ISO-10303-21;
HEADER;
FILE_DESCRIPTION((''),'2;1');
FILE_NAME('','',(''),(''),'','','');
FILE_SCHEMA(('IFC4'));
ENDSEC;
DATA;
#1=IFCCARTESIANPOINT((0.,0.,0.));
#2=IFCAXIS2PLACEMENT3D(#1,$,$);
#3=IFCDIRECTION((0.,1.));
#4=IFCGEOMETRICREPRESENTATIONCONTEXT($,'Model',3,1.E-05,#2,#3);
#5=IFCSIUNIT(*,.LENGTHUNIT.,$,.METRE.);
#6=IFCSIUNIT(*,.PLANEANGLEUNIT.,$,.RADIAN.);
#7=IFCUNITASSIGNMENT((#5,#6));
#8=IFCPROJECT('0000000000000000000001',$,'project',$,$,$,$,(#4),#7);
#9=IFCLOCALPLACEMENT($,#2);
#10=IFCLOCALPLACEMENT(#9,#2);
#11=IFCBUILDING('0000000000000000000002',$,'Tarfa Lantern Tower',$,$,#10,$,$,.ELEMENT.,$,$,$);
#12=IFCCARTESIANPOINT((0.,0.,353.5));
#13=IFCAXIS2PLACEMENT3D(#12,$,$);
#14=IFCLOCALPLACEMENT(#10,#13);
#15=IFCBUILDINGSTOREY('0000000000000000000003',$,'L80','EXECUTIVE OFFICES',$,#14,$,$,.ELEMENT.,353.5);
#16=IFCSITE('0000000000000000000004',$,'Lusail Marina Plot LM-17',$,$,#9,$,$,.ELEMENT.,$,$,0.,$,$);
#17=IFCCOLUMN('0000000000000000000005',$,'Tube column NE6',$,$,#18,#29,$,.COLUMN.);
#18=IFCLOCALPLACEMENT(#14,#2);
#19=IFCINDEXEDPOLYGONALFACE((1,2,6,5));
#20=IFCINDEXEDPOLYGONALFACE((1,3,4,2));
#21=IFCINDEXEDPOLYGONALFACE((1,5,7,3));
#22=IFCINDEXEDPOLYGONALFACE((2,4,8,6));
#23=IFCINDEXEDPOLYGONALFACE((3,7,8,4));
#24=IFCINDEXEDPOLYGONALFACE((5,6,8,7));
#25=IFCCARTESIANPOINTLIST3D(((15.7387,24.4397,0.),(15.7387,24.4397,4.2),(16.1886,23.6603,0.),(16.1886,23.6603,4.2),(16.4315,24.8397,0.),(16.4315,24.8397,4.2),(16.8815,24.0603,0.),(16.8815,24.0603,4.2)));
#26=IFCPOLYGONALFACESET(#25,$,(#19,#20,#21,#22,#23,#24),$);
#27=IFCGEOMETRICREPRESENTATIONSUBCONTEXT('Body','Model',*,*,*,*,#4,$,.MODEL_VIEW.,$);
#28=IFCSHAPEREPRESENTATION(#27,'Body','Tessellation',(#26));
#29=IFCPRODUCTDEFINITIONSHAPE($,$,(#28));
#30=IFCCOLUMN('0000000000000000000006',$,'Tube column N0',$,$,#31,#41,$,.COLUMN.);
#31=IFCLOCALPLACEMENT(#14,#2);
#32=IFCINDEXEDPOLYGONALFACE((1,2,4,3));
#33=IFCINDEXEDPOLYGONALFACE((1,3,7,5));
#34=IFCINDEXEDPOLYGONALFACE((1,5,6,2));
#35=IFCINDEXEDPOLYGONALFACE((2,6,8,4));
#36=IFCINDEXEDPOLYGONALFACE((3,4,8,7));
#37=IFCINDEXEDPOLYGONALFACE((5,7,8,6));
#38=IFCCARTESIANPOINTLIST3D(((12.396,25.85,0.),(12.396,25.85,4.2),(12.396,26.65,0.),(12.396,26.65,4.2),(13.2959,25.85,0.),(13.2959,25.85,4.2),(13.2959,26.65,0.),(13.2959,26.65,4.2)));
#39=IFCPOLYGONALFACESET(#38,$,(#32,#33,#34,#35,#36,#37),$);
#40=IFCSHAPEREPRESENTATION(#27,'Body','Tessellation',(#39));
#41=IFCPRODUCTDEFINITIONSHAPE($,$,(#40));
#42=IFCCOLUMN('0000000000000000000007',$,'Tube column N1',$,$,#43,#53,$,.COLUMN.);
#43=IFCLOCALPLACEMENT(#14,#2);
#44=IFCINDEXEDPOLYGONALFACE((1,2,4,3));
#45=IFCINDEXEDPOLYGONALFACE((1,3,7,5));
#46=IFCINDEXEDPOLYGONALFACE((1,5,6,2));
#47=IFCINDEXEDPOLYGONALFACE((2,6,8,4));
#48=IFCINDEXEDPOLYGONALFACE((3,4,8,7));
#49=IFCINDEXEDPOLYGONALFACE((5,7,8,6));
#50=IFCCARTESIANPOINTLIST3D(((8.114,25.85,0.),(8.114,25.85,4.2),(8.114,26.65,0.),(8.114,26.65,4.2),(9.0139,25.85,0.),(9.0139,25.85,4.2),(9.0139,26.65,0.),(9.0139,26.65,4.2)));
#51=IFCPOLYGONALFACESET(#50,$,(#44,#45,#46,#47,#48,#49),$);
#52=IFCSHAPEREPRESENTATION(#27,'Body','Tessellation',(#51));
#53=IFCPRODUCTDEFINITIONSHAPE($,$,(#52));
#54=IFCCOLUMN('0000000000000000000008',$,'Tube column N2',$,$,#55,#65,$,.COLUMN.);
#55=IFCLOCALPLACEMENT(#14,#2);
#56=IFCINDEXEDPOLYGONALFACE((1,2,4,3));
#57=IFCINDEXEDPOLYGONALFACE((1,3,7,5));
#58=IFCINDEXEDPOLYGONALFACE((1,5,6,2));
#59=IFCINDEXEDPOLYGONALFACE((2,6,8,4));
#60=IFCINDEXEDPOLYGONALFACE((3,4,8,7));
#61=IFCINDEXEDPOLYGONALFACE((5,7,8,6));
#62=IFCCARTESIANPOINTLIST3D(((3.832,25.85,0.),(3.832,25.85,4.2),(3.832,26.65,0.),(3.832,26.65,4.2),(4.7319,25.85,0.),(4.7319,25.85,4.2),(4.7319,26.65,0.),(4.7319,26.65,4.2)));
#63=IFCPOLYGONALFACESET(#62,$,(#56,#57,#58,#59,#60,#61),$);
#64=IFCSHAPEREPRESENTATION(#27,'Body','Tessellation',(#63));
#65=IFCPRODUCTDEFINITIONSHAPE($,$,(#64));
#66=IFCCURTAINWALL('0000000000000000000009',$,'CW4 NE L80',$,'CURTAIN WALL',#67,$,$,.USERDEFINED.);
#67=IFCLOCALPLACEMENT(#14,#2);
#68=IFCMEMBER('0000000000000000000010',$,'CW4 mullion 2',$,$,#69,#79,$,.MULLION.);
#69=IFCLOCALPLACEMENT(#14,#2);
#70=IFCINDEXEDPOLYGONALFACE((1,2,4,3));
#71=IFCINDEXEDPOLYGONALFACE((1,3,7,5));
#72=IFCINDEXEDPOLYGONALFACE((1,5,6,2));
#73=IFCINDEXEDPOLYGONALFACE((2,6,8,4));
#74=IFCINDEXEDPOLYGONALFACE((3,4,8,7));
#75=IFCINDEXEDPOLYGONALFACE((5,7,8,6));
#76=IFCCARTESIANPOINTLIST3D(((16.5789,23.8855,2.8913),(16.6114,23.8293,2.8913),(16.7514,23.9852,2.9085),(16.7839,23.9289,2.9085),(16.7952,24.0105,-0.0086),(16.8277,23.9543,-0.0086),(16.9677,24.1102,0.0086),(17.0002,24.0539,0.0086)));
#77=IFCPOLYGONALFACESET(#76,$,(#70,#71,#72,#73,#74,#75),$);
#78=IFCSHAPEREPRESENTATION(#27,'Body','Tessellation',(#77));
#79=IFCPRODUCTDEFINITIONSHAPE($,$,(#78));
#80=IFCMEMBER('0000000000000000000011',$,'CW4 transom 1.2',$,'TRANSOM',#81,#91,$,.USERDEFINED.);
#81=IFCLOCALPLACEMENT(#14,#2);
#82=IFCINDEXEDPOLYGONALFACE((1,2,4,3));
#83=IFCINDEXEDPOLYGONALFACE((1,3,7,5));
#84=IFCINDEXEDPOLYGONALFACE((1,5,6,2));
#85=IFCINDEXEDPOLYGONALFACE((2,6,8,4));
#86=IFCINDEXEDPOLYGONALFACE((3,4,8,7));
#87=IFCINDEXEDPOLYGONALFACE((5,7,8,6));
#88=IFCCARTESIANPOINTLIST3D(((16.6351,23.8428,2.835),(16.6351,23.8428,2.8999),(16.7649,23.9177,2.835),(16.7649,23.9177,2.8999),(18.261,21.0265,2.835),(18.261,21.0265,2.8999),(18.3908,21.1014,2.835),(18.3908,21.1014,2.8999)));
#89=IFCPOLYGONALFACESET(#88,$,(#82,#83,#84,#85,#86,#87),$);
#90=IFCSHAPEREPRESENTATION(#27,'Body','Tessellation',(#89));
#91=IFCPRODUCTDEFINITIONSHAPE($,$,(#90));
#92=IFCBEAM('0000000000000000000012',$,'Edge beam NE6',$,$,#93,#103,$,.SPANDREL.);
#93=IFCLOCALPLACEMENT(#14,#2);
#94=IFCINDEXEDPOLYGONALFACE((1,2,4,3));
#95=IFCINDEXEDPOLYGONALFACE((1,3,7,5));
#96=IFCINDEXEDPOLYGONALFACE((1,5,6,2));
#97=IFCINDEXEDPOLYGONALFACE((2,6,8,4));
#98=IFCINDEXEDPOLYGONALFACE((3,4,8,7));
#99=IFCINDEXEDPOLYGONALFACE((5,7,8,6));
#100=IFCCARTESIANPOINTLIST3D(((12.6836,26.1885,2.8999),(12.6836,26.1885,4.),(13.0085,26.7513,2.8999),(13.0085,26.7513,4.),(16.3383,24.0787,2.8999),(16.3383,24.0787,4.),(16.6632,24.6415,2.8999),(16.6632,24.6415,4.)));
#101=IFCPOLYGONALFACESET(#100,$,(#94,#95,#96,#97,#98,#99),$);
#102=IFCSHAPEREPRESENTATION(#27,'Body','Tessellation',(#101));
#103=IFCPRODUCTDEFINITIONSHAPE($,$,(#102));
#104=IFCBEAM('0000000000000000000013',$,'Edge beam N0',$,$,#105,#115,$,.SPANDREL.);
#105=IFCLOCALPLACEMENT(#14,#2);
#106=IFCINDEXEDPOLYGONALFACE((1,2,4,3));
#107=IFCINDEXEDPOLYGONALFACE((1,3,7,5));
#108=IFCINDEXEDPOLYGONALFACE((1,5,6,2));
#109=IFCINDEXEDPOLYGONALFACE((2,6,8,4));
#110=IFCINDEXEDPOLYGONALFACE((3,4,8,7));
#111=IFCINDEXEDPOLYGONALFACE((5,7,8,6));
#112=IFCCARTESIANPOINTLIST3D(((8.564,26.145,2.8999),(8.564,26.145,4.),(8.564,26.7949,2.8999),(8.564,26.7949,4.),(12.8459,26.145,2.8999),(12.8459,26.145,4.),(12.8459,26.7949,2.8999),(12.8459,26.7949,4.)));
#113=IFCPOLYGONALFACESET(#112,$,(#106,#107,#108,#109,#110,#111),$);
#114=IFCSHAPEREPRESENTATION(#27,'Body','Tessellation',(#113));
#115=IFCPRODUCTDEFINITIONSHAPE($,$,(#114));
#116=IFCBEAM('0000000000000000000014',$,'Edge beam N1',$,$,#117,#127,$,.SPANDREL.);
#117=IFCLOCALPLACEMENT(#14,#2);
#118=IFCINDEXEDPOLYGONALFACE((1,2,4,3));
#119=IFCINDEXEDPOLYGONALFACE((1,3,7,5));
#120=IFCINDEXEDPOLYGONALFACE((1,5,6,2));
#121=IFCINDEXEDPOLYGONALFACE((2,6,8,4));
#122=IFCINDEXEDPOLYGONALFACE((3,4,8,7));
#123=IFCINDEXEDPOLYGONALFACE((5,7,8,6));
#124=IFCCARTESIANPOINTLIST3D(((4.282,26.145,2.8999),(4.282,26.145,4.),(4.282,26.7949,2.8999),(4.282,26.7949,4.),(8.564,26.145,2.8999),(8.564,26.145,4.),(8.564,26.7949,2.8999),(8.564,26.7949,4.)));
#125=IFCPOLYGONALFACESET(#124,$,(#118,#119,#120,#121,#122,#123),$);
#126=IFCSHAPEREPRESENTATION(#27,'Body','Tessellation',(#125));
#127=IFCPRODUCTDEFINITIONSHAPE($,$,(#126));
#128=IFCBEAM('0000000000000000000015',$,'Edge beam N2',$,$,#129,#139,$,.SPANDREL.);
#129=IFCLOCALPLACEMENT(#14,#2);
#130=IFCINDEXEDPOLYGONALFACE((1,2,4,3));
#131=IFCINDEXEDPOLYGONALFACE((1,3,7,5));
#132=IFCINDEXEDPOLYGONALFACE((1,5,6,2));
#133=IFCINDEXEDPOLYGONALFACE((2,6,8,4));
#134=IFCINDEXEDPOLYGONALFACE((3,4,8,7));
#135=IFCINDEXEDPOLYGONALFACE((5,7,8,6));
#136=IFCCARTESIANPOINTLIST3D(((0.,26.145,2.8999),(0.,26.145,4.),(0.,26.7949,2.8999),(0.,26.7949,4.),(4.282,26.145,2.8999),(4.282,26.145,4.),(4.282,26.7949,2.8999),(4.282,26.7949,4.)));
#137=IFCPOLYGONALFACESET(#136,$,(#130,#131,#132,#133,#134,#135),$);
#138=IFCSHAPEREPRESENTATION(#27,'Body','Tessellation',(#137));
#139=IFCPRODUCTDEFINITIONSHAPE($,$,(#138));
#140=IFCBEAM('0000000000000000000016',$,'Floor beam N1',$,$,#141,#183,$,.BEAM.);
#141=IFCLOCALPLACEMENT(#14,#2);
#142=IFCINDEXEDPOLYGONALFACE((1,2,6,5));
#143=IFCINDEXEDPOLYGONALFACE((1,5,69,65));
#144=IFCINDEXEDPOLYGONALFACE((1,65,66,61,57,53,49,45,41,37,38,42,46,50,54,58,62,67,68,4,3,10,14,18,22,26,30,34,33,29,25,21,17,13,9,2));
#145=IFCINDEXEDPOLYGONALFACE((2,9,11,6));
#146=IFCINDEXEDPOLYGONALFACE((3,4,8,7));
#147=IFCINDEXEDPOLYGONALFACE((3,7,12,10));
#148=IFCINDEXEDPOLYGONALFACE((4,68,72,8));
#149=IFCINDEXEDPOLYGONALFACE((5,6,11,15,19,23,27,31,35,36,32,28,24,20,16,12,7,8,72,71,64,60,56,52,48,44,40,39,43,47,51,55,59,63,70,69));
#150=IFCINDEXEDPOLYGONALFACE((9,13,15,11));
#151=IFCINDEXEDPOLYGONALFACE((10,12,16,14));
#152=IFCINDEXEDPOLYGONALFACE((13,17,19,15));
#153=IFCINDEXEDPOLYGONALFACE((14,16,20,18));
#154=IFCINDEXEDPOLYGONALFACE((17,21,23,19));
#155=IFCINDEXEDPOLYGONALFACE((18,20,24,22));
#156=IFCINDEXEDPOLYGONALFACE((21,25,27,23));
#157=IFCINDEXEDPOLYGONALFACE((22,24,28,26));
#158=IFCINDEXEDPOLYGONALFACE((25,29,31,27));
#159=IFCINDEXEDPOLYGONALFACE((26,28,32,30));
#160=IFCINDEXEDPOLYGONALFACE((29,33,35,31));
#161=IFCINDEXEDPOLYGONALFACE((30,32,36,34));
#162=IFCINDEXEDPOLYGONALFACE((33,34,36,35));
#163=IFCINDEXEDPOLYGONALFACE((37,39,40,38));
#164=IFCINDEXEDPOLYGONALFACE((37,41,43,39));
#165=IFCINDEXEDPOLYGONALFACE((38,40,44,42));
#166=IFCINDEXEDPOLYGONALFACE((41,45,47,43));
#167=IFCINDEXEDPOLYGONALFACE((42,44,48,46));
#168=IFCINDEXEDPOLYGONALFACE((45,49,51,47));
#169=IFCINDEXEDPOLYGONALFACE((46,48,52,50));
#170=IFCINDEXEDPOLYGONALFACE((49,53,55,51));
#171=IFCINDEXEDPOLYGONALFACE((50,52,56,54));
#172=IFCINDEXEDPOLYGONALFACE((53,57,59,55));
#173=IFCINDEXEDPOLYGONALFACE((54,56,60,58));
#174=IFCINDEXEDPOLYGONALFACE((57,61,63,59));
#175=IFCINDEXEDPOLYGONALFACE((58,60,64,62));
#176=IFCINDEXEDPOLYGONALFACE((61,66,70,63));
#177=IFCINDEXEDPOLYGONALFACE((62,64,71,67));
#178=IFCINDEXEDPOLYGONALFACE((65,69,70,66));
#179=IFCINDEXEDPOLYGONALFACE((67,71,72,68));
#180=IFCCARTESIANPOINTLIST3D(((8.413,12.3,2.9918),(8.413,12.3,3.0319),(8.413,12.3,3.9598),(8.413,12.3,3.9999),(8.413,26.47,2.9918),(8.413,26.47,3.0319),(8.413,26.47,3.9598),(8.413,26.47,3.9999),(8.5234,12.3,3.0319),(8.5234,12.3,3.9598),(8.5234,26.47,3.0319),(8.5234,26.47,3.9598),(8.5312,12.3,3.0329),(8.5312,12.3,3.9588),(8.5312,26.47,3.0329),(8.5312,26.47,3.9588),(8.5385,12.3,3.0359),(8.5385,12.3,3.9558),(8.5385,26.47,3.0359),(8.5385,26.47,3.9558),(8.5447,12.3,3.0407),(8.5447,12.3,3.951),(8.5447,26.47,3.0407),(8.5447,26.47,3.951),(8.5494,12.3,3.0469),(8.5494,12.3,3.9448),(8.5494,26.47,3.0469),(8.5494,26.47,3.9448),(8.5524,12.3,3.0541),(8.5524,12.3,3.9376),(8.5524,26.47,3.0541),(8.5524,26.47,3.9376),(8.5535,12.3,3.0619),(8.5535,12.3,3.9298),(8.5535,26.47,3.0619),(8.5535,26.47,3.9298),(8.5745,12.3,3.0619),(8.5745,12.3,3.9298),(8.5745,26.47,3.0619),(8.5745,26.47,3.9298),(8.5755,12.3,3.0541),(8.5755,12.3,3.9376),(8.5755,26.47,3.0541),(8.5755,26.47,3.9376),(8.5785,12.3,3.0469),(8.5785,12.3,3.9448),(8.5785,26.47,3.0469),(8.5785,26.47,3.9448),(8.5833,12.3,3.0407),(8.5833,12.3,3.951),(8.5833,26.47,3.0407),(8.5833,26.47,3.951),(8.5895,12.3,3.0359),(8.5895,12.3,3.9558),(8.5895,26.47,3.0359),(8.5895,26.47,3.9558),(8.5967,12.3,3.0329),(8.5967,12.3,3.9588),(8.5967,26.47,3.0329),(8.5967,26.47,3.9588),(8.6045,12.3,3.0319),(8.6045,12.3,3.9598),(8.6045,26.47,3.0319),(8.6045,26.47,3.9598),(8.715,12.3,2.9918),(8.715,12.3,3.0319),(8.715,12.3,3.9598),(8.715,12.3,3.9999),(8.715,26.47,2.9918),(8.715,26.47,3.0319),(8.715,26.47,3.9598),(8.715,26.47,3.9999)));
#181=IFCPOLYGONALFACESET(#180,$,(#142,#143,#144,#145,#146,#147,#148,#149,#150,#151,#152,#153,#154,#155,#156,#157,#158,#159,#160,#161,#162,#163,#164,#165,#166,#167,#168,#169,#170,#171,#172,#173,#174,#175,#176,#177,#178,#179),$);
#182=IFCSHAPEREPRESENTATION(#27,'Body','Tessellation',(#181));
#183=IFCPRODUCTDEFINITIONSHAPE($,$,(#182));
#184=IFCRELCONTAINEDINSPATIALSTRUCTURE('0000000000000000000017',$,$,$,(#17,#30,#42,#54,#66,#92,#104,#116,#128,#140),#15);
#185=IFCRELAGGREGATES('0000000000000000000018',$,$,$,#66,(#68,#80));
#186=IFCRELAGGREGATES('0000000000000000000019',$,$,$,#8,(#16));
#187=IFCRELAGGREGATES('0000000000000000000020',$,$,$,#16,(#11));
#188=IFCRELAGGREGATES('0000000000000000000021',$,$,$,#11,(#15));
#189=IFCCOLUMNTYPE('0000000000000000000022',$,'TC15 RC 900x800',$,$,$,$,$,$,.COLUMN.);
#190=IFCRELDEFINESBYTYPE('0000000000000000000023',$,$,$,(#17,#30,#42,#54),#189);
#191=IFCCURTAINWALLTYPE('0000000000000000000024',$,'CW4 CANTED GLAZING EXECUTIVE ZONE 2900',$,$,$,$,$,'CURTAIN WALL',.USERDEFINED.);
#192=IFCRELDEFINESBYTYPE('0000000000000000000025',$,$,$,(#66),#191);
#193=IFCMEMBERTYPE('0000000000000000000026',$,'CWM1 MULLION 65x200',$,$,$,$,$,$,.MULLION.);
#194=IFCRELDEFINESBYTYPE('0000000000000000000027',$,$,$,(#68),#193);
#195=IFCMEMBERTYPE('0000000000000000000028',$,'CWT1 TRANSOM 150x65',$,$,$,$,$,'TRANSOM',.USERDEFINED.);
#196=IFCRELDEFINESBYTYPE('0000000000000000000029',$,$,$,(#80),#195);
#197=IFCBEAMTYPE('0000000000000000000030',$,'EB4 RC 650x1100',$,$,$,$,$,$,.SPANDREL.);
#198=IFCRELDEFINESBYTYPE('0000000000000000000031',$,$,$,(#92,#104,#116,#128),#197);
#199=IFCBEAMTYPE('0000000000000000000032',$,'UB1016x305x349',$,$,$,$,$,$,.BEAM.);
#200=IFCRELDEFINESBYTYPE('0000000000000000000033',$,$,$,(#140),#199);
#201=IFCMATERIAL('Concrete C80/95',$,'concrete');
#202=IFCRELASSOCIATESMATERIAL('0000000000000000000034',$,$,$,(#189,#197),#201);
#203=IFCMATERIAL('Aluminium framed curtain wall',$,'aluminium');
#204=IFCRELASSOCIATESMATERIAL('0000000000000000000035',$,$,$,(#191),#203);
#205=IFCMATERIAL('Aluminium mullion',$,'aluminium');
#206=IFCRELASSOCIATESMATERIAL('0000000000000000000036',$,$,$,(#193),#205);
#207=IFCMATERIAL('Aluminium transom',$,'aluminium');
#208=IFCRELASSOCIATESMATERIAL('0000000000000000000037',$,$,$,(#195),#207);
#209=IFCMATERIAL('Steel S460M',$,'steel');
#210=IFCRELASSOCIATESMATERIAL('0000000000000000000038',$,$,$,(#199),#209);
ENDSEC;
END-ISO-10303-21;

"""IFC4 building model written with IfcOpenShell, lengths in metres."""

from ifc_helpers import new_model, si_unit, direction, frame, origin, origin_2d, place, context, subcontext, project, spatial, rectangle, i_section, extrude, material, material_profile, profile_set, type_object, element, aggregate, save


model = new_model("IFC4")

# Units and contexts
model_context = context("Model", 3, precision=1e-05, world=origin(), true_north=direction((0.0, 1.0)))
body_context = subcontext(model_context, "Body", "Model", "MODEL_VIEW")
ifc_project = project(units=[si_unit("LENGTHUNIT", "METRE"), si_unit("PLANEANGLEUNIT", "RADIAN")], contexts=[model_context])

# Site, building, storey
site_placement = place(None, origin())
site = spatial("IfcSite", under=ifc_project, at=site_placement, Name="Lusail Marina Plot LM-17", CompositionType="ELEMENT", RefElevation=0.0)
building_placement = place(site_placement, origin())
building = spatial("IfcBuilding", under=site, at=building_placement, Name="Tarfa Lantern Tower", CompositionType="ELEMENT")
storey_placement = place(building_placement, frame((0.0, 0.0, 353.5)))
storey = spatial("IfcBuildingStorey", under=building, at=storey_placement, Name="L80", Description="EXECUTIVE OFFICES", CompositionType="ELEMENT", Elevation=353.5)

# Columns
ifc_material_1 = material(Name="Concrete C80/95", Category="concrete")
ifc_material_profile_1 = material_profile(ifc_material_1, rectangle(XDim=0.8999, YDim=0.8, at=origin_2d()), Name="RC 900x800")
ifc_profile_set_1 = profile_set([ifc_material_profile_1], Name="Concrete C80/95")
column_type = type_object("IfcColumnType", Name="TC15 RC 900x800", PredefinedType="COLUMN", material=ifc_profile_set_1)
for number, where, z_axis, x_axis, name in (
    (1, (16.3101, 24.25, 0.0), (0.0, 0.0, 1.0), (-0.5, 0.866025, 0.0), "Tube column NE6"),
    (2, (12.8459, 26.25, 0.0), (0.0, 0.0, 1.0), (-1.0, 0.0, 0.0), "Tube column N0"),
    (3, (8.564, 26.25, 0.0), (0.0, 0.0, 1.0), (-1.0, 0.0, 0.0), "Tube column N1"),
    (4, (4.282, 26.25, 0.0), (0.0, 0.0, 1.0), (-1.0, 0.0, 0.0), "Tube column N2"),
):
    element("IfcColumn", number, at=place(storey_placement, frame(where, z_axis=z_axis, x_axis=x_axis)), inside=storey, type_object=column_type, Name=name, PredefinedType="COLUMN", context=body_context, shape_type="SweptSolid", body=[
        extrude(rectangle(XDim=0.8999, YDim=0.8, at=origin_2d()), origin(), (0.0, 0.0, 1.0), 4.2),
    ])

# Curtain wall, members
ifc_material_2 = material(Name="Aluminium framed curtain wall", Category="aluminium")
curtain_wall_type = type_object("IfcCurtainWallType", Name="CW4 CANTED GLAZING EXECUTIVE ZONE 2900", ElementType="CURTAIN WALL", PredefinedType="USERDEFINED", material=ifc_material_2)
curtain_wall_placement = place(storey_placement, origin())
curtain_wall = element("IfcCurtainWall", 5, at=curtain_wall_placement, inside=storey, type_object=curtain_wall_type, Name="CW4 NE L80", ObjectType="CURTAIN WALL", PredefinedType="USERDEFINED")
ifc_material_3 = material(Name="Aluminium mullion", Category="aluminium")
ifc_material_profile_2 = material_profile(ifc_material_3, rectangle(XDim=0.0649, YDim=0.2, at=origin_2d()), Name="AL MULLION 65x200")
ifc_profile_set_2 = profile_set([ifc_material_profile_2], Name="Aluminium mullion")
member_type_1 = type_object("IfcMemberType", Name="CWM1 MULLION 65x200", PredefinedType="MULLION", material=ifc_profile_set_2)
member_1_placement = place(storey_placement, frame((16.8977, 24.0322, 0.0), z_axis=(-0.074316, -0.042946, 0.99631), x_axis=(0.500343, -0.865827, 0.0)))
member_1 = element("IfcMember", 6, at=member_1_placement, type_object=member_type_1, Name="CW4 mullion 2", PredefinedType="MULLION", context=body_context, shape_type="SweptSolid", body=[
    extrude(rectangle(XDim=0.0649, YDim=0.2, at=origin_2d()), origin(), (0.0, 0.0, 1.0), 2.9106),
])
ifc_material_4 = material(Name="Aluminium transom", Category="aluminium")
ifc_material_profile_3 = material_profile(ifc_material_4, rectangle(XDim=0.1499, YDim=0.0649, at=origin_2d()), Name="AL TRANSOM 150x65")
ifc_profile_set_3 = profile_set([ifc_material_profile_3], Name="Aluminium transom")
member_type_2 = type_object("IfcMemberType", Name="CWT1 TRANSOM 150x65", ElementType="TRANSOM", PredefinedType="USERDEFINED", material=ifc_profile_set_3)
member_2_placement = place(storey_placement, frame((18.3259, 21.064, 2.8674), z_axis=(-0.499982, 0.866036, 0.0), x_axis=(-0.866036, -0.499982, 0.0)))
member_2 = element("IfcMember", 7, at=member_2_placement, type_object=member_type_2, Name="CW4 transom 1.2", ObjectType="TRANSOM", PredefinedType="USERDEFINED", context=body_context, shape_type="SweptSolid", body=[
    extrude(rectangle(XDim=0.1499, YDim=0.0649, at=origin_2d()), origin(), (0.0, 0.0, 1.0), 3.252),
])
aggregate(curtain_wall, [member_1, member_2])

# Beams
ifc_material_profile_4 = material_profile(ifc_material_1, rectangle(XDim=0.6499, YDim=1.1001, at=origin_2d()), Name="RC 650x1100")
ifc_profile_set_4 = profile_set([ifc_material_profile_4], Name="Concrete C80/95")
beam_type_1 = type_object("IfcBeamType", Name="EB4 RC 650x1100", PredefinedType="SPANDREL", material=ifc_profile_set_4)
beam_1_placement = place(storey_placement, frame((16.5007, 24.3601, 3.45), z_axis=(-0.866049, 0.499959, 0.0), x_axis=(-0.499959, -0.866049, 0.0)))
element("IfcBeam", 8, at=beam_1_placement, inside=storey, type_object=beam_type_1, Name="Edge beam NE6", PredefinedType="SPANDREL", context=body_context, shape_type="SweptSolid", body=[
    extrude(rectangle(XDim=0.6499, YDim=1.1001, at=origin_2d()), origin(), (0.0, 0.0, 1.0), 4.22),
])
for number, where, z_axis, x_axis, name in (
    (9, (12.8459, 26.47, 3.45), (-1.0, 0.0, 0.0), (0.0, -1.0, 0.0), "Edge beam N0"),
    (10, (8.564, 26.47, 3.45), (-1.0, 0.0, 0.0), (0.0, -1.0, 0.0), "Edge beam N1"),
    (11, (4.282, 26.47, 3.45), (-1.0, 0.0, 0.0), (0.0, -1.0, 0.0), "Edge beam N2"),
):
    element("IfcBeam", number, at=place(storey_placement, frame(where, z_axis=z_axis, x_axis=x_axis)), inside=storey, type_object=beam_type_1, Name=name, PredefinedType="SPANDREL", context=body_context, shape_type="SweptSolid", body=[
        extrude(rectangle(XDim=0.6499, YDim=1.1001, at=origin_2d()), origin(), (0.0, 0.0, 1.0), 4.282),
    ])
ifc_material_5 = material(Name="Steel S460M", Category="steel")
ifc_material_profile_5 = material_profile(ifc_material_5, i_section(OverallWidth=0.302, OverallDepth=1.0081, WebThickness=0.021, FlangeThickness=0.04, FilletRadius=0.03, at=origin_2d()), Name="UB1016x305x349")
ifc_profile_set_5 = profile_set([ifc_material_profile_5], Name="Steel S460M")
beam_type_2 = type_object("IfcBeamType", Name="UB1016x305x349", PredefinedType="BEAM", material=ifc_profile_set_5)
for number, where, z_axis, x_axis, name in (
    (12, (8.564, 26.47, 3.4958), (0.0, -1.0, 0.0), (1.0, 0.0, 0.0), "Floor beam N1"),
):
    element("IfcBeam", number, at=place(storey_placement, frame(where, z_axis=z_axis, x_axis=x_axis)), inside=storey, type_object=beam_type_2, Name=name, PredefinedType="BEAM", context=body_context, shape_type="SweptSolid", body=[
        extrude(i_section(OverallWidth=0.302, OverallDepth=1.0081, WebThickness=0.021, FlangeThickness=0.04, FilletRadius=0.03, at=origin_2d()), origin(), (0.0, 0.0, 1.0), 14.1699),
    ])

save(model, "model.ifc")
